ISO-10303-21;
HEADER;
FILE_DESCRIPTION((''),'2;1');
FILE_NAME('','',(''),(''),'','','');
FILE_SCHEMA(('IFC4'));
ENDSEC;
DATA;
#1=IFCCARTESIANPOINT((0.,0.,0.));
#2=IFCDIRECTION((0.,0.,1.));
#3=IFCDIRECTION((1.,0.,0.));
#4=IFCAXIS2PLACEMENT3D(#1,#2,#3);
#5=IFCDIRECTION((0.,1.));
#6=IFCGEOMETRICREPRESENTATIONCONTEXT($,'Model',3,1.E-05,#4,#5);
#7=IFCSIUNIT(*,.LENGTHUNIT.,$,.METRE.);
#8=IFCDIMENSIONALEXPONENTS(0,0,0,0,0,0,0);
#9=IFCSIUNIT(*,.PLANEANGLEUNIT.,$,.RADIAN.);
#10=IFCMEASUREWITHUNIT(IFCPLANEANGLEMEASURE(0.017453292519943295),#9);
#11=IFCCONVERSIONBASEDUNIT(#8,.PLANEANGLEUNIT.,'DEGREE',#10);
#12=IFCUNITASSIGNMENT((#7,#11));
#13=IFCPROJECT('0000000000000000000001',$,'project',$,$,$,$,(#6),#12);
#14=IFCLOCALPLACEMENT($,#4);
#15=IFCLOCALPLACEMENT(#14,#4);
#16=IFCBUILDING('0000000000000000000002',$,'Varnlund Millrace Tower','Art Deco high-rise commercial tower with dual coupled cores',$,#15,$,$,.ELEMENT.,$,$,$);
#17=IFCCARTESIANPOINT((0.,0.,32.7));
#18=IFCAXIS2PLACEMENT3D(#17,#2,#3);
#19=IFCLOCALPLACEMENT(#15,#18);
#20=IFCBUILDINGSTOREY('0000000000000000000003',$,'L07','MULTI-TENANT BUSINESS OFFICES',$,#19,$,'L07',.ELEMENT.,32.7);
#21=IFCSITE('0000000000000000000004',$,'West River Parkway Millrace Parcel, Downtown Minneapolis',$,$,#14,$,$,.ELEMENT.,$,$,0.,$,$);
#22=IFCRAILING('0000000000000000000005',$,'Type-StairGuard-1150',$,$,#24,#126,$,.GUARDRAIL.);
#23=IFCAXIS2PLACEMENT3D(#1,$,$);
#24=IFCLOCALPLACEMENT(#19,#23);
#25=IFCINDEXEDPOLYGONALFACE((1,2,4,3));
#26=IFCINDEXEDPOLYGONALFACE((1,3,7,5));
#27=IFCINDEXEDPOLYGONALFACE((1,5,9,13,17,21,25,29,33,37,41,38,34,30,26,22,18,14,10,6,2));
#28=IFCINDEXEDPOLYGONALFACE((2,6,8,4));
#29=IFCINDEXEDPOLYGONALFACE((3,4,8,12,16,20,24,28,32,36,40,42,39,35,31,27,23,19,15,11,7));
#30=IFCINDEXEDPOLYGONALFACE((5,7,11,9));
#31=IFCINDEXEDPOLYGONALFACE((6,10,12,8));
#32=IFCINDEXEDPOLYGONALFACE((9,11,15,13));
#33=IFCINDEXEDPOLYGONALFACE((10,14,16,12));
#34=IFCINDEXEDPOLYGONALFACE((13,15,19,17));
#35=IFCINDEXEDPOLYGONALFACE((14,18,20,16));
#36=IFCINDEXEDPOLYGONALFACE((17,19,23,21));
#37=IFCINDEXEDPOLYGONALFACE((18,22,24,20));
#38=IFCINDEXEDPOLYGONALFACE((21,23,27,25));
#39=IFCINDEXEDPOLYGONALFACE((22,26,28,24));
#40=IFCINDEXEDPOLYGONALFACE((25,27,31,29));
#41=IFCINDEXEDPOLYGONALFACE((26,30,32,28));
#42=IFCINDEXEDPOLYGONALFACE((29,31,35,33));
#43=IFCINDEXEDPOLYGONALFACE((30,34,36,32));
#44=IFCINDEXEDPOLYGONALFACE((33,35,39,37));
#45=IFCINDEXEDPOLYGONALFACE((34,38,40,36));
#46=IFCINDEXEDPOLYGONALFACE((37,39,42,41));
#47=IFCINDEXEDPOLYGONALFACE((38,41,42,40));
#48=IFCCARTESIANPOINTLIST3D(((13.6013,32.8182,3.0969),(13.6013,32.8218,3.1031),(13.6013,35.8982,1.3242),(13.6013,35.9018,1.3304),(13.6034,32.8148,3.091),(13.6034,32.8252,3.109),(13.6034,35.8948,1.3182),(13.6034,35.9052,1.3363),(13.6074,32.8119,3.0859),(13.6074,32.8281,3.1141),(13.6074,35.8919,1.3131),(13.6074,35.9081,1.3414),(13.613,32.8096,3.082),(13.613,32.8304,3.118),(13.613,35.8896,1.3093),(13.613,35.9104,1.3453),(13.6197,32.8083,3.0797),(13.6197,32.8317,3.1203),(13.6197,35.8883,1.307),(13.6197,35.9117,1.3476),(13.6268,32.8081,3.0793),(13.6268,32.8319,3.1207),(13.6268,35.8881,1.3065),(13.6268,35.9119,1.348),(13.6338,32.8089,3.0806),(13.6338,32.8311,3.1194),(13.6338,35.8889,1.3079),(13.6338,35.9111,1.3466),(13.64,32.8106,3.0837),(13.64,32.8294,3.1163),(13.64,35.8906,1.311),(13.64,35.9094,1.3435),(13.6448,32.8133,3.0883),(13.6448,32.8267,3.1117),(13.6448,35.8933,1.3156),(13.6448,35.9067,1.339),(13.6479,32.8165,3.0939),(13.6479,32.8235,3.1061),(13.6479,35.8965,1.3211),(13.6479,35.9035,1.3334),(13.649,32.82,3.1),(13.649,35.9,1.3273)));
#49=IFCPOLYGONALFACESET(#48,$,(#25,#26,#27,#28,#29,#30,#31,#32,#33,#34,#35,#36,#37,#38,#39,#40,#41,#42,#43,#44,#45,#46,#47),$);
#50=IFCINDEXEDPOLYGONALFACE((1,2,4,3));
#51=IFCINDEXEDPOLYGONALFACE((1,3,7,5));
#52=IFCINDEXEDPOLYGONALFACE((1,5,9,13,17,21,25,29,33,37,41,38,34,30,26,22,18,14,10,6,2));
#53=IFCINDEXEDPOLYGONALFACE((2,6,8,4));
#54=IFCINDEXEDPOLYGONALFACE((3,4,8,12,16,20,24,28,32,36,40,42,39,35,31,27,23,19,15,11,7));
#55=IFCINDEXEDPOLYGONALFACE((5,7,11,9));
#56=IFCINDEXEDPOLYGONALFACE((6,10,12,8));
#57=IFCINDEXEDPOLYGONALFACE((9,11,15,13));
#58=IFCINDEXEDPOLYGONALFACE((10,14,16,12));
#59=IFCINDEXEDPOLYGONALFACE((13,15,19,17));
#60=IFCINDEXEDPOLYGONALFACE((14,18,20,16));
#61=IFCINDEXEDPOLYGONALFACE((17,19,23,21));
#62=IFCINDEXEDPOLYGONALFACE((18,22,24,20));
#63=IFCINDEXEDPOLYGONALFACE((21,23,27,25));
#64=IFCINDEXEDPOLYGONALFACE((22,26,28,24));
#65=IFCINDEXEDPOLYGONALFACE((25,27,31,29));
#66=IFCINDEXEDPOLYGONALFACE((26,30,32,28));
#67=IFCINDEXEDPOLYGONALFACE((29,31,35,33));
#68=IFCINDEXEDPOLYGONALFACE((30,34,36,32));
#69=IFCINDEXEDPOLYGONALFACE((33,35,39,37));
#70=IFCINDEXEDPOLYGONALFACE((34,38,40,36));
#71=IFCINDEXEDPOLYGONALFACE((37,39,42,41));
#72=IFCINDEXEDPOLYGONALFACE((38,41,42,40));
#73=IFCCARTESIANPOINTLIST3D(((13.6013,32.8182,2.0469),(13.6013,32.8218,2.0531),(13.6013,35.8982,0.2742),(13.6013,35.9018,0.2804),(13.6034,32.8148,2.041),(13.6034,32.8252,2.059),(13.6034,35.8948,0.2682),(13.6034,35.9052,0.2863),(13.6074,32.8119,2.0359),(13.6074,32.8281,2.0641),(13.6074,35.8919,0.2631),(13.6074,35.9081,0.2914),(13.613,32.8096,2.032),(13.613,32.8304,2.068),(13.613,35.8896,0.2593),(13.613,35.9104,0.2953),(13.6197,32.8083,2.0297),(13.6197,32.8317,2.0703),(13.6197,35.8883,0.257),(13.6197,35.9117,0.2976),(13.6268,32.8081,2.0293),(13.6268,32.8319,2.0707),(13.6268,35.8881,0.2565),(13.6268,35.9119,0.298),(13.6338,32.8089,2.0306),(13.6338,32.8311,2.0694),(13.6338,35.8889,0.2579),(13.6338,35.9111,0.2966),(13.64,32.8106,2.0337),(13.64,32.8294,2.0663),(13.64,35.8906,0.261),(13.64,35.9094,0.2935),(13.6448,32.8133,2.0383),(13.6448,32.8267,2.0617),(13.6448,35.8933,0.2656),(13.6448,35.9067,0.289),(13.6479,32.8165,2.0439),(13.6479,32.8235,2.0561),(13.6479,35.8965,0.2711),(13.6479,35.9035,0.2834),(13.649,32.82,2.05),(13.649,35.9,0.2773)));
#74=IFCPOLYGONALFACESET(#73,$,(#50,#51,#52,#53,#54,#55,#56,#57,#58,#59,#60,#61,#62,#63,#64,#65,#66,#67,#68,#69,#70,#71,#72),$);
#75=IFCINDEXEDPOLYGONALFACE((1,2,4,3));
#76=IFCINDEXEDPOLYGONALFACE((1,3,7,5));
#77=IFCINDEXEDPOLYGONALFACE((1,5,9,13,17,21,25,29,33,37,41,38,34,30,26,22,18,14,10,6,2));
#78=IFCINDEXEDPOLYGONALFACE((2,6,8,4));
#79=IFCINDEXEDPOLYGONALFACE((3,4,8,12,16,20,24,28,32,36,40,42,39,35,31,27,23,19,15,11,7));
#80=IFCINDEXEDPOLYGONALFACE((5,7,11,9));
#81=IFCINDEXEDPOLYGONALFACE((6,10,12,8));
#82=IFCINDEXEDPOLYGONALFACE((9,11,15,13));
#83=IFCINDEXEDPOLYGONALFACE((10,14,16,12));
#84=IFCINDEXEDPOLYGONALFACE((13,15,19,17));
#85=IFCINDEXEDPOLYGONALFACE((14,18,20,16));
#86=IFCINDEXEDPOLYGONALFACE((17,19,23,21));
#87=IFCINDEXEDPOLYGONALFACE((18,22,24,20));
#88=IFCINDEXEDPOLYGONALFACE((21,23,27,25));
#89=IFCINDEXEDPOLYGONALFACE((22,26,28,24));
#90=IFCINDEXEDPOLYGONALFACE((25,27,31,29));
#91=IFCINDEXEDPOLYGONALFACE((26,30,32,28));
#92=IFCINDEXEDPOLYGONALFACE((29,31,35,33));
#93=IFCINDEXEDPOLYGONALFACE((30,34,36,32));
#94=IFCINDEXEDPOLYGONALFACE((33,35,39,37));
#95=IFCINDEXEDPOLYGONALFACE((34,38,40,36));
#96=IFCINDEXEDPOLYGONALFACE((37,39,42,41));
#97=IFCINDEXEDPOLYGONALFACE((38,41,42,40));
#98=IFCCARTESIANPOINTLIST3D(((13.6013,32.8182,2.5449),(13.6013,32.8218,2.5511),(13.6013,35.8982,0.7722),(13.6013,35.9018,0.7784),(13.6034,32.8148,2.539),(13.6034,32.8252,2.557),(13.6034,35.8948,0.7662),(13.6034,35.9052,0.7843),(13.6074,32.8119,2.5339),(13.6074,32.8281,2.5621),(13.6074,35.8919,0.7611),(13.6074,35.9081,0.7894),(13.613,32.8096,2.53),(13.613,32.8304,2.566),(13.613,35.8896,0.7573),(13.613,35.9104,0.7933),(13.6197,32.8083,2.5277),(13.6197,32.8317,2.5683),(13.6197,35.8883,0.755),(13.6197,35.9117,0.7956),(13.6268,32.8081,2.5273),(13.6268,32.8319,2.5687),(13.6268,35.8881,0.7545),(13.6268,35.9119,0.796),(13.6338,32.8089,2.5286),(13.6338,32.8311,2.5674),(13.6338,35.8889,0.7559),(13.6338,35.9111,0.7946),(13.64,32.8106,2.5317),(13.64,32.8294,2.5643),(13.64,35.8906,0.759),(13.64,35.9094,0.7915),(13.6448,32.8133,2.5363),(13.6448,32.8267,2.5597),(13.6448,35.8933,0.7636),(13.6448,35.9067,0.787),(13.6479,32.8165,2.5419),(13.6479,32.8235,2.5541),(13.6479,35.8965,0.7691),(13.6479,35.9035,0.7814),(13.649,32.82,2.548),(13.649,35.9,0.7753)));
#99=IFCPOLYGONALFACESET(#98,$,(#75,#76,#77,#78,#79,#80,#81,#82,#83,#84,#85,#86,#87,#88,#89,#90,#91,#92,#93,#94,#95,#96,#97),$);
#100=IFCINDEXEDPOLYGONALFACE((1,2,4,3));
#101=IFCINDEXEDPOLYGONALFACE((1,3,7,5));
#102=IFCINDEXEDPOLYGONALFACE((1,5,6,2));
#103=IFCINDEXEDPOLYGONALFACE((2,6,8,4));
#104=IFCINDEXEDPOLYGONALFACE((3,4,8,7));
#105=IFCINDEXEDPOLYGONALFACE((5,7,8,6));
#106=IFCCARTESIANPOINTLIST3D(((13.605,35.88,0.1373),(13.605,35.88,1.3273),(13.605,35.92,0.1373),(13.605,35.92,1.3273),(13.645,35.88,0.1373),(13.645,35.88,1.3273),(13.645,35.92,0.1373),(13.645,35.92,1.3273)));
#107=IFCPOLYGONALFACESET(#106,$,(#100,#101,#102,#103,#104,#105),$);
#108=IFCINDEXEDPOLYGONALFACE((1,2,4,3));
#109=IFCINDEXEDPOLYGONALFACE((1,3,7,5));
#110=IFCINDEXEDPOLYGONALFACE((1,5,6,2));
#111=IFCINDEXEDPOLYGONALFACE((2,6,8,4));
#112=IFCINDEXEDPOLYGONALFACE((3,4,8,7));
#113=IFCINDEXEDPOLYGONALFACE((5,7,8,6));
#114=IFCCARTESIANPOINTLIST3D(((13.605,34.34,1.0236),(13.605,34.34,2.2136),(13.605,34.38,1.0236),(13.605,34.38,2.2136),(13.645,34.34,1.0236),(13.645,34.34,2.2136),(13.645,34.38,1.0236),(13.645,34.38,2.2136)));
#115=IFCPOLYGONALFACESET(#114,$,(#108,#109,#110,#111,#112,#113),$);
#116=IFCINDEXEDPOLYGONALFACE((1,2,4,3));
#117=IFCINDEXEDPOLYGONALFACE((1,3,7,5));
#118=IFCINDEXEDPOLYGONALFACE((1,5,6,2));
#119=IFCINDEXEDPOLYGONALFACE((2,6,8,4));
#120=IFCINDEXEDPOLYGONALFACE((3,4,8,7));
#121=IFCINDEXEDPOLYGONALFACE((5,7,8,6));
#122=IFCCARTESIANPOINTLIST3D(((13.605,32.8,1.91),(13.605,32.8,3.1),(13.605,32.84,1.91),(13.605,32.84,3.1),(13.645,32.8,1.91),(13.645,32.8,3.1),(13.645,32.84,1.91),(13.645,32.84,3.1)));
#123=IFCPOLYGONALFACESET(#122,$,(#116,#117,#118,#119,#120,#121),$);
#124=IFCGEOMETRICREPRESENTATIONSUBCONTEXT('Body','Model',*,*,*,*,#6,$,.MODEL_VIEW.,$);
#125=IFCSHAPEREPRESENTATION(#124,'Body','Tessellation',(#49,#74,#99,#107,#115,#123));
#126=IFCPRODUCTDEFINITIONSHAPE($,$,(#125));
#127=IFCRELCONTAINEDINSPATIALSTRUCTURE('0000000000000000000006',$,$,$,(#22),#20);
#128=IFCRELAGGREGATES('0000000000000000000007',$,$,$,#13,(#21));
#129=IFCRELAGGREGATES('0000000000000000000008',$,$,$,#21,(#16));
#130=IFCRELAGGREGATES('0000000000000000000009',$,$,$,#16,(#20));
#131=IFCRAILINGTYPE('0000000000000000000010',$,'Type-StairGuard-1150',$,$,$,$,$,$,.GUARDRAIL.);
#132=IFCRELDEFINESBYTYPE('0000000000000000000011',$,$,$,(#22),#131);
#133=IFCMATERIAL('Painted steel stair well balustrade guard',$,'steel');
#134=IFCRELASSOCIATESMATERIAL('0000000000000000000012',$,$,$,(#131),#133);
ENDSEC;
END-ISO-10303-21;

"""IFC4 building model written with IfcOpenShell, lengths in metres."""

from ifc_helpers import new_model, entity, si_unit, converted_unit, direction, frame, origin_with_axes, origin_2d_with_axis, place, context, subcontext, project, spatial, rectangle, circle, extrude, material, type_object, element, save


model = new_model("IFC4")

# Units and contexts
model_context = context("Model", 3, precision=1e-05, world=origin_with_axes(), true_north=direction((0.0, 1.0)))
body_context = subcontext(model_context, "Body", "Model", "MODEL_VIEW")
ifc_project = project(units=[si_unit("LENGTHUNIT", "METRE"), converted_unit("PLANEANGLEUNIT", "DEGREE", entity("IfcPlaneAngleMeasure", 0.017453292519943295), si_unit("PLANEANGLEUNIT", "RADIAN"), dimensions=[0, 0, 0, 0, 0, 0, 0])], contexts=[model_context])

# Site, building, storey
site_placement = place(None, origin_with_axes())
site = spatial("IfcSite", under=ifc_project, at=site_placement, Name="West River Parkway Millrace Parcel, Downtown Minneapolis", CompositionType="ELEMENT", RefElevation=0.0)
building_placement = place(site_placement, origin_with_axes())
building = spatial("IfcBuilding", under=site, at=building_placement, Name="Varnlund Millrace Tower", Description="Art Deco high-rise commercial tower with dual coupled cores", CompositionType="ELEMENT")
storey_placement = place(building_placement, frame((0.0, 0.0, 32.7), z_axis=(0.0, 0.0, 1.0), x_axis=(1.0, 0.0, 0.0)))
storey = spatial("IfcBuildingStorey", under=building, at=storey_placement, Name="L07", Description="MULTI-TENANT BUSINESS OFFICES", LongName="L07", CompositionType="ELEMENT", Elevation=32.7)

# Railing
ifc_material_1 = material(Name="Painted steel stair well balustrade guard", Category="steel")
railing_type_1 = type_object("IfcRailingType", Name="Type-StairGuard-1150", PredefinedType="GUARDRAIL", material=ifc_material_1)
railing_1_placement = place(storey_placement, frame((0.0, 0.0, -32.7), z_axis=(0.0, 0.0, 1.0), x_axis=(1.0, 0.0, 0.0)))
element("IfcRailing", 1, at=railing_1_placement, inside=storey, type_object=railing_type_1, Name="Type-StairGuard-1150", PredefinedType="GUARDRAIL", context=body_context, shape_type="SweptSolid", body=[
    extrude(circle(Radius=0.024, at=origin_2d_with_axis()), frame((13.625, 35.9, 34.0273), z_axis=(0.0, -0.866696, 0.498836), x_axis=(1.0, 0.0, 0.0)), (0.0, 0.0, 1.0), 3.5537),
    extrude(circle(Radius=0.024, at=origin_2d_with_axis()), frame((13.625, 35.9, 32.9773), z_axis=(0.0, -0.866696, 0.498836), x_axis=(1.0, 0.0, 0.0)), (0.0, 0.0, 1.0), 3.5537),
    extrude(circle(Radius=0.024, at=origin_2d_with_axis()), frame((13.625, 35.9, 33.4753), z_axis=(0.0, -0.866696, 0.498836), x_axis=(1.0, 0.0, 0.0)), (0.0, 0.0, 1.0), 3.5537),
    extrude(rectangle(XDim=0.04, YDim=0.04, at=origin_2d_with_axis()), frame((13.625, 35.9, 32.8373), z_axis=(0.0, 0.0, 1.0), x_axis=(1.0, 0.0, 0.0)), (0.0, 0.0, 1.0), 1.19),
    extrude(rectangle(XDim=0.04, YDim=0.04, at=origin_2d_with_axis()), frame((13.625, 34.36, 33.7236), z_axis=(0.0, 0.0, 1.0), x_axis=(1.0, 0.0, 0.0)), (0.0, 0.0, 1.0), 1.19),
    extrude(rectangle(XDim=0.04, YDim=0.04, at=origin_2d_with_axis()), frame((13.625, 32.82, 34.61), z_axis=(0.0, 0.0, 1.0), x_axis=(1.0, 0.0, 0.0)), (0.0, 0.0, 1.0), 1.19),
])

save(model, "model.ifc")
